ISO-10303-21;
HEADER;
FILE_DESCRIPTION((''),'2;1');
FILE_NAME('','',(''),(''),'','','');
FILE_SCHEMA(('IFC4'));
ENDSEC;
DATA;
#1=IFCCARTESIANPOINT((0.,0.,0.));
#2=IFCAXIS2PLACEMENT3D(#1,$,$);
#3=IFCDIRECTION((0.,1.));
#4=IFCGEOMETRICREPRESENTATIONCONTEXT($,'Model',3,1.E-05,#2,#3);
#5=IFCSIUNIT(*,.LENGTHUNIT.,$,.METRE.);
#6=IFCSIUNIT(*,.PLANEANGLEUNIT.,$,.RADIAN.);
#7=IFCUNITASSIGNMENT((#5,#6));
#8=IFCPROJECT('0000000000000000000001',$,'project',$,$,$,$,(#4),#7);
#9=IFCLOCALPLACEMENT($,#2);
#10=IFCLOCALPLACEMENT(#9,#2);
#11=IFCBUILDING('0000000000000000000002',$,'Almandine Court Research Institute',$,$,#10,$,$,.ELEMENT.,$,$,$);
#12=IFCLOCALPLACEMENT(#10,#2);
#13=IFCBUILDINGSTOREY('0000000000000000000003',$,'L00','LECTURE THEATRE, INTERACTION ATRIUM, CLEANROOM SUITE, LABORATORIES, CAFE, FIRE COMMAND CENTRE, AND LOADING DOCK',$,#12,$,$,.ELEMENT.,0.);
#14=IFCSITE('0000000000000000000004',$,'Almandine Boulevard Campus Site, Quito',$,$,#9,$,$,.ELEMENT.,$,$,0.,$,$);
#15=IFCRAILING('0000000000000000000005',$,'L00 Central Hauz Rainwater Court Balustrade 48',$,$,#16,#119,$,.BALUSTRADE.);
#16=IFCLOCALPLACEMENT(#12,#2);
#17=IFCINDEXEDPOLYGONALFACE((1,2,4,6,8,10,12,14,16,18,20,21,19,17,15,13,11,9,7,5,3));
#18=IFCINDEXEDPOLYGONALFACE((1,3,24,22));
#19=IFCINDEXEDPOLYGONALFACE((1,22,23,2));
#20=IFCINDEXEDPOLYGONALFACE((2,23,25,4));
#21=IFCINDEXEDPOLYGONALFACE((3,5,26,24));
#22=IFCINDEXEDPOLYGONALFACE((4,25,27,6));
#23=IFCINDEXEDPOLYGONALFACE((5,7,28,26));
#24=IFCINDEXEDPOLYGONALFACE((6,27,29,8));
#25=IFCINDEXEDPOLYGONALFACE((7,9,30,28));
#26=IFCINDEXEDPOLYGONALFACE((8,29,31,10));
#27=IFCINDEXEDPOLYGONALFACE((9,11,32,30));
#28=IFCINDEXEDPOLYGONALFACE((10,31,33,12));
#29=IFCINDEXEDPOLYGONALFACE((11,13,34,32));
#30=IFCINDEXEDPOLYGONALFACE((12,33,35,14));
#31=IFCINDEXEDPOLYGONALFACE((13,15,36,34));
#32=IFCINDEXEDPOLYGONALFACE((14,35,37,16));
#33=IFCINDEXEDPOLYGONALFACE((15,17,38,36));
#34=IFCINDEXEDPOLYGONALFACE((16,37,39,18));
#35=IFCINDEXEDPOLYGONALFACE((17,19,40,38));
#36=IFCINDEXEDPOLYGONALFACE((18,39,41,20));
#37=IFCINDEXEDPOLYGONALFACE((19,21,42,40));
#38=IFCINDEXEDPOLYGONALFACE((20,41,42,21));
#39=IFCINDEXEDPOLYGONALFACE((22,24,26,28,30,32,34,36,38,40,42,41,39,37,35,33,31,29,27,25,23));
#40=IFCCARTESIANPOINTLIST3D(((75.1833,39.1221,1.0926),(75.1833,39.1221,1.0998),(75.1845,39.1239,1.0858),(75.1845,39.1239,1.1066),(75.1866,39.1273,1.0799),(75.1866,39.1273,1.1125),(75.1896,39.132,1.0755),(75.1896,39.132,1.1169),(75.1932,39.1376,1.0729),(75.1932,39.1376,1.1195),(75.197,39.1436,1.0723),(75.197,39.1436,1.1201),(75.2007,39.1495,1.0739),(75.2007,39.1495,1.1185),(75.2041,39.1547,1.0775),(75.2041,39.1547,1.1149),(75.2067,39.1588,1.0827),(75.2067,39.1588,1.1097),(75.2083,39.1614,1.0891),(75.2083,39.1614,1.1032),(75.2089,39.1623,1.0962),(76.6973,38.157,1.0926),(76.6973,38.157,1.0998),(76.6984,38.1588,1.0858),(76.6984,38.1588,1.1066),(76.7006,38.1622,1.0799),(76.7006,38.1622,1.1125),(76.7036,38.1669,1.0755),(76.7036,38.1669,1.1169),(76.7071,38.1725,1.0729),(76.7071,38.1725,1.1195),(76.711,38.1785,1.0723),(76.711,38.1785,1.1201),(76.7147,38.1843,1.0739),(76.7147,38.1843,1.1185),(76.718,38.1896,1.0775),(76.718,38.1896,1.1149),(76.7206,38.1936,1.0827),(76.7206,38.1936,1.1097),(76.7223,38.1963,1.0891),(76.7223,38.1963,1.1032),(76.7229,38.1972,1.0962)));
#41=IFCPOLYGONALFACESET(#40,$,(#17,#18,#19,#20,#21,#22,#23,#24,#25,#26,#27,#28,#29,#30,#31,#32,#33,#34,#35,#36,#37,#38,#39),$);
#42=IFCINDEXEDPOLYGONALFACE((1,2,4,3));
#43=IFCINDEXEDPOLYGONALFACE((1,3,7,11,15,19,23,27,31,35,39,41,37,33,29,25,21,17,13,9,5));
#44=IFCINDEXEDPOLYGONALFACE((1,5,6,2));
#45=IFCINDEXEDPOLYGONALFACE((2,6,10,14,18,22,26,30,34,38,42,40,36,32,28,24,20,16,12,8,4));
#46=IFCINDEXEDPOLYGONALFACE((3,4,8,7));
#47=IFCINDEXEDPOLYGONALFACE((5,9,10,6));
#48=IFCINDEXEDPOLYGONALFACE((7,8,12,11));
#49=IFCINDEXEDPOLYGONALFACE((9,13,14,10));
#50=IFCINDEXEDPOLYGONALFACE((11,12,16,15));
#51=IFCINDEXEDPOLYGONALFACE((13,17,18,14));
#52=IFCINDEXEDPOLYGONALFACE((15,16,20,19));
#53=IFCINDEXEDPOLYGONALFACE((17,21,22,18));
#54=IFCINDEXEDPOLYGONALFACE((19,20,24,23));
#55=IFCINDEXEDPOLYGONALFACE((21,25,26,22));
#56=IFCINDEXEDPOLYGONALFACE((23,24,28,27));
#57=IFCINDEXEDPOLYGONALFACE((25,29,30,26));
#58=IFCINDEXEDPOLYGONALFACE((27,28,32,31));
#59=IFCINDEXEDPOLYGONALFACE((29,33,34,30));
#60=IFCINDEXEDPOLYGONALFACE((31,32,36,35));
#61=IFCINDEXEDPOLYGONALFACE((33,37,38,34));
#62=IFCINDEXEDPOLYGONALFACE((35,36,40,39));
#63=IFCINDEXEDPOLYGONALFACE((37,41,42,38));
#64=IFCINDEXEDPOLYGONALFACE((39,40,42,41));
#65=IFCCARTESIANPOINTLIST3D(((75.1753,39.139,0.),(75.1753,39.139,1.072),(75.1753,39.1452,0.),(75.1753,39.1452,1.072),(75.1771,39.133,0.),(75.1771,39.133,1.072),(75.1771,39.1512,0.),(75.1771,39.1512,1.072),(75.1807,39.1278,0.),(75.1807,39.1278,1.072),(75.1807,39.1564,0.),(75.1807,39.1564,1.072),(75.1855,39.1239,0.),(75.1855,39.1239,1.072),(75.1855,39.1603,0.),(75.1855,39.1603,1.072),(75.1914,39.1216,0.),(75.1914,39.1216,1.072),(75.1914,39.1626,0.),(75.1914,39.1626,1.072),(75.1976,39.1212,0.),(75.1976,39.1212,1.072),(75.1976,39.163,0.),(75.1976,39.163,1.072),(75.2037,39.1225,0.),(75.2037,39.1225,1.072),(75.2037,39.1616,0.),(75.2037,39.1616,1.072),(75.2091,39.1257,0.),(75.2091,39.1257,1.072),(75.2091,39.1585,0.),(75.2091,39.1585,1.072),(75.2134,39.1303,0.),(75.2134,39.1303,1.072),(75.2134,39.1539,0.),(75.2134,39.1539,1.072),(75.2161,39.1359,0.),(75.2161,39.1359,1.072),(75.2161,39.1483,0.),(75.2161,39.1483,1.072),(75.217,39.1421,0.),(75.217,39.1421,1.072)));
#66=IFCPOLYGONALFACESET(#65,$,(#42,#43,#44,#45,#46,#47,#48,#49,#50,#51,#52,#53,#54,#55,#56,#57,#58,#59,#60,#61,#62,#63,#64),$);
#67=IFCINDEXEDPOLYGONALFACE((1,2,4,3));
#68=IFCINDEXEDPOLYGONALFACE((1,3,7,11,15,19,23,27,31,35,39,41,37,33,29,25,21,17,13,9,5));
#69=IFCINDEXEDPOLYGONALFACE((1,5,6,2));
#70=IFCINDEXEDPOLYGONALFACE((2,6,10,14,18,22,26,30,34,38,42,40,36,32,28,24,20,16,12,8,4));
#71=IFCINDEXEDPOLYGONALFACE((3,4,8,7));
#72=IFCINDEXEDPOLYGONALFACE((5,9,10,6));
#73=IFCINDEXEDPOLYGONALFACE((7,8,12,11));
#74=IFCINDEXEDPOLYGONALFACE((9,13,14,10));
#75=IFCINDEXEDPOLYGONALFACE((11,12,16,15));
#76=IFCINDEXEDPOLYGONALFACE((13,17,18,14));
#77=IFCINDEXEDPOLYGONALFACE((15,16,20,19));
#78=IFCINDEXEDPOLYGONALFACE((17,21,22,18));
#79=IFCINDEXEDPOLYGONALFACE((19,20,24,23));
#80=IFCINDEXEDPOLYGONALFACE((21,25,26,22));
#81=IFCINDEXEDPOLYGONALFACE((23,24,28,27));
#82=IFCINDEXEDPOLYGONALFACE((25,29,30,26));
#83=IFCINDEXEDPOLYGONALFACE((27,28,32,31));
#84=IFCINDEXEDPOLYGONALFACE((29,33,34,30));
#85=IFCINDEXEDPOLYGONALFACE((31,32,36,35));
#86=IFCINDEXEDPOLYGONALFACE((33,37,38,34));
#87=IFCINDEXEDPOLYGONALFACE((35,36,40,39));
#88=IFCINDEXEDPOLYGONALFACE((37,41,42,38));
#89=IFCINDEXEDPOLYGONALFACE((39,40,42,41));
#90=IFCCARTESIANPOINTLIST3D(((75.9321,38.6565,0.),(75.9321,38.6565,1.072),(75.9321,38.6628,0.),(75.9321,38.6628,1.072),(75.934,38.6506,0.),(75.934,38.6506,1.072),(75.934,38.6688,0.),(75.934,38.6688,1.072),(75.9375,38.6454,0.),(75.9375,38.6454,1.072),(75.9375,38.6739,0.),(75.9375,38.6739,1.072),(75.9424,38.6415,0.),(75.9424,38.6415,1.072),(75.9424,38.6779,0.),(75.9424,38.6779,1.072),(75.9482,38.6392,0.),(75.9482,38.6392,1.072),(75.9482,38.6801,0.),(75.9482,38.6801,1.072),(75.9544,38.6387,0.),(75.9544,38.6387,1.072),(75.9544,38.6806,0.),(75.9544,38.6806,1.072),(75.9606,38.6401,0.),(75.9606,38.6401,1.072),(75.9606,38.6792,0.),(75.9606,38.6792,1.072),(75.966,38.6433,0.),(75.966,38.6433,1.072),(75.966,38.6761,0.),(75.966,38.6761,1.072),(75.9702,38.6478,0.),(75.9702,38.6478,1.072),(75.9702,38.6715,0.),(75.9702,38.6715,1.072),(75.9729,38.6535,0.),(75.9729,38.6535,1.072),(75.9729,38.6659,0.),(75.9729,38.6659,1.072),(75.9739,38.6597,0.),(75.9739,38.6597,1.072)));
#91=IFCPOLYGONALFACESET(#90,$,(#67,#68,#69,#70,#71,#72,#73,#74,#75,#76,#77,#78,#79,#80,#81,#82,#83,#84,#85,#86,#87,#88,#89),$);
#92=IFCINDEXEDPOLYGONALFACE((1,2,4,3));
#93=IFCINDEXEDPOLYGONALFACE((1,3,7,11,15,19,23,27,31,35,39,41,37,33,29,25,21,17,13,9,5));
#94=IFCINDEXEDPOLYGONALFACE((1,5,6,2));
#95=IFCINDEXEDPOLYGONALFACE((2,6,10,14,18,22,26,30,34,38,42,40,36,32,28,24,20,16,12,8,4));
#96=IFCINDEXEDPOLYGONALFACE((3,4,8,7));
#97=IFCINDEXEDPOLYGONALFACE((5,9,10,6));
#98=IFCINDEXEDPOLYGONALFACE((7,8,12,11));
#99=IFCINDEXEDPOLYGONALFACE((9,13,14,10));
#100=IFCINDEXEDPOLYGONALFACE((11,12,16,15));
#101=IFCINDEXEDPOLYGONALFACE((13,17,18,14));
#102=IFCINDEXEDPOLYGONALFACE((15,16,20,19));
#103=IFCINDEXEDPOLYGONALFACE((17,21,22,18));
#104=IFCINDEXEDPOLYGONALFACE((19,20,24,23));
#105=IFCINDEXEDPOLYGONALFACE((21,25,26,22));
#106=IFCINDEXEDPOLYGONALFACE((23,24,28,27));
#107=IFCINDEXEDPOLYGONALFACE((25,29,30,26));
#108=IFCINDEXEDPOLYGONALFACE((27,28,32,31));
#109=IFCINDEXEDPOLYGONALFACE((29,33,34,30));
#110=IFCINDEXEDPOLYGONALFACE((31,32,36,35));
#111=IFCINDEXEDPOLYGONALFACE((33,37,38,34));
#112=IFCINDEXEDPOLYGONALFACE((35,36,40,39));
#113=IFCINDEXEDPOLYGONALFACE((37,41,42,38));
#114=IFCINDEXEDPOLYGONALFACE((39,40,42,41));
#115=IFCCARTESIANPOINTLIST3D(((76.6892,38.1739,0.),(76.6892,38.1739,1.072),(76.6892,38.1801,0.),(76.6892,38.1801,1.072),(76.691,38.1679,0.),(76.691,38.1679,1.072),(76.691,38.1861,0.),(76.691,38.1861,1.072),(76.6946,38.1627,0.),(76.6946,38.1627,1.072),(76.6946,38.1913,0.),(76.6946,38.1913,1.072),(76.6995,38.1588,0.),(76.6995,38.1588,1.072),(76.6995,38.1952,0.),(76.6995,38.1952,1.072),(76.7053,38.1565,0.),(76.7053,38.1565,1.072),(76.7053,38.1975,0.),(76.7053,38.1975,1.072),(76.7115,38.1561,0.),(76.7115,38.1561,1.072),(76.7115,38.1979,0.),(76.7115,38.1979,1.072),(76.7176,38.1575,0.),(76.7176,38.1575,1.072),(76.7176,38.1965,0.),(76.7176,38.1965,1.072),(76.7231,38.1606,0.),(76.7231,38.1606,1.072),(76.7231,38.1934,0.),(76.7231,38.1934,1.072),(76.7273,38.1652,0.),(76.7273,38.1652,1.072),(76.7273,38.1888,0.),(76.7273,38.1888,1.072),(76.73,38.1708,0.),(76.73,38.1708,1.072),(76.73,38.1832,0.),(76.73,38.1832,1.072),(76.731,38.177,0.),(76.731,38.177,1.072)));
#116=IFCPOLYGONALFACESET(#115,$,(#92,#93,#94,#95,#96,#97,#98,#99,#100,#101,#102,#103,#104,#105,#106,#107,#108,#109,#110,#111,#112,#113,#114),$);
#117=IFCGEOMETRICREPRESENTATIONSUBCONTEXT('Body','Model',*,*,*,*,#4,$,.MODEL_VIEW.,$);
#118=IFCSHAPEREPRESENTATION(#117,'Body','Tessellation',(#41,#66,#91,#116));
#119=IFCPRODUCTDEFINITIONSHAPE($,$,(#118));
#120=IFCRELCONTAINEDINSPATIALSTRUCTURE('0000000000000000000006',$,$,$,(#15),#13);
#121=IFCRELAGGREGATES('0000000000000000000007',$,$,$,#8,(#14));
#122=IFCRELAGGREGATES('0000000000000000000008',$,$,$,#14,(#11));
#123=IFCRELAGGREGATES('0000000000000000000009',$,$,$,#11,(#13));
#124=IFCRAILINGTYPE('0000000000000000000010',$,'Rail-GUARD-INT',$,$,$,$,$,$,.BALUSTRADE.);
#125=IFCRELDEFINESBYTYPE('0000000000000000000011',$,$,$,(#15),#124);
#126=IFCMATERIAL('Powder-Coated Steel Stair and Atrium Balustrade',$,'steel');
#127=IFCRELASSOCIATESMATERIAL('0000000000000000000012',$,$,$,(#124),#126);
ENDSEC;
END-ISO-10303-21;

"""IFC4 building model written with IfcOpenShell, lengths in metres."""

from ifc_helpers import new_model, si_unit, direction, frame, origin, origin_2d, place, context, subcontext, project, spatial, circle, extrude, material, type_object, element, save


model = new_model("IFC4")

# Units and contexts
model_context = context("Model", 3, precision=1e-05, world=origin(), true_north=direction((0.0, 1.0)))
body_context = subcontext(model_context, "Body", "Model", "MODEL_VIEW")
ifc_project = project(units=[si_unit("LENGTHUNIT", "METRE"), si_unit("PLANEANGLEUNIT", "RADIAN")], contexts=[model_context])

# Site, building, storey
site_placement = place(None, origin())
site = spatial("IfcSite", under=ifc_project, at=site_placement, Name="Almandine Boulevard Campus Site, Quito", CompositionType="ELEMENT", RefElevation=0.0)
building_placement = place(site_placement, origin())
building = spatial("IfcBuilding", under=site, at=building_placement, Name="Almandine Court Research Institute", CompositionType="ELEMENT")
storey_placement = place(building_placement, origin())
storey = spatial("IfcBuildingStorey", under=building, at=storey_placement, Name="L00", Description="LECTURE THEATRE, INTERACTION ATRIUM, CLEANROOM SUITE, LABORATORIES, CAFE, FIRE COMMAND CENTRE, AND LOADING DOCK", CompositionType="ELEMENT", Elevation=0.0)

# Railing
ifc_material_1 = material(Name="Powder-Coated Steel Stair and Atrium Balustrade", Category="steel")
railing_type = type_object("IfcRailingType", Name="Rail-GUARD-INT", PredefinedType="BALUSTRADE", material=ifc_material_1)
railing_1_placement = place(storey_placement, frame((75.196, 39.1421, 0.0)))
element("IfcRailing", 1, at=railing_1_placement, inside=storey, type_object=railing_type, Name="L00 Central Hauz Rainwater Court Balustrade 48", PredefinedType="BALUSTRADE", context=body_context, shape_type="SweptSolid", body=[
    extrude(circle(Radius=0.0239, at=origin_2d()), frame((0.0, 0.0, 1.0962), z_axis=(0.843236, -0.537544, 0.0), x_axis=(0.537544, 0.843236, 0.0)), (0.0, 0.0, 1.0), 1.7954),
    extrude(circle(Radius=0.021, at=origin_2d()), origin(), (0.0, 0.0, 1.0), 1.072),
    extrude(circle(Radius=0.021, at=origin_2d()), frame((0.7568, -0.4824, 0.0)), (0.0, 0.0, 1.0), 1.072),
    extrude(circle(Radius=0.021, at=origin_2d()), frame((1.5139, -0.9651, 0.0)), (0.0, 0.0, 1.0), 1.072),
])

save(model, "model.ifc")
